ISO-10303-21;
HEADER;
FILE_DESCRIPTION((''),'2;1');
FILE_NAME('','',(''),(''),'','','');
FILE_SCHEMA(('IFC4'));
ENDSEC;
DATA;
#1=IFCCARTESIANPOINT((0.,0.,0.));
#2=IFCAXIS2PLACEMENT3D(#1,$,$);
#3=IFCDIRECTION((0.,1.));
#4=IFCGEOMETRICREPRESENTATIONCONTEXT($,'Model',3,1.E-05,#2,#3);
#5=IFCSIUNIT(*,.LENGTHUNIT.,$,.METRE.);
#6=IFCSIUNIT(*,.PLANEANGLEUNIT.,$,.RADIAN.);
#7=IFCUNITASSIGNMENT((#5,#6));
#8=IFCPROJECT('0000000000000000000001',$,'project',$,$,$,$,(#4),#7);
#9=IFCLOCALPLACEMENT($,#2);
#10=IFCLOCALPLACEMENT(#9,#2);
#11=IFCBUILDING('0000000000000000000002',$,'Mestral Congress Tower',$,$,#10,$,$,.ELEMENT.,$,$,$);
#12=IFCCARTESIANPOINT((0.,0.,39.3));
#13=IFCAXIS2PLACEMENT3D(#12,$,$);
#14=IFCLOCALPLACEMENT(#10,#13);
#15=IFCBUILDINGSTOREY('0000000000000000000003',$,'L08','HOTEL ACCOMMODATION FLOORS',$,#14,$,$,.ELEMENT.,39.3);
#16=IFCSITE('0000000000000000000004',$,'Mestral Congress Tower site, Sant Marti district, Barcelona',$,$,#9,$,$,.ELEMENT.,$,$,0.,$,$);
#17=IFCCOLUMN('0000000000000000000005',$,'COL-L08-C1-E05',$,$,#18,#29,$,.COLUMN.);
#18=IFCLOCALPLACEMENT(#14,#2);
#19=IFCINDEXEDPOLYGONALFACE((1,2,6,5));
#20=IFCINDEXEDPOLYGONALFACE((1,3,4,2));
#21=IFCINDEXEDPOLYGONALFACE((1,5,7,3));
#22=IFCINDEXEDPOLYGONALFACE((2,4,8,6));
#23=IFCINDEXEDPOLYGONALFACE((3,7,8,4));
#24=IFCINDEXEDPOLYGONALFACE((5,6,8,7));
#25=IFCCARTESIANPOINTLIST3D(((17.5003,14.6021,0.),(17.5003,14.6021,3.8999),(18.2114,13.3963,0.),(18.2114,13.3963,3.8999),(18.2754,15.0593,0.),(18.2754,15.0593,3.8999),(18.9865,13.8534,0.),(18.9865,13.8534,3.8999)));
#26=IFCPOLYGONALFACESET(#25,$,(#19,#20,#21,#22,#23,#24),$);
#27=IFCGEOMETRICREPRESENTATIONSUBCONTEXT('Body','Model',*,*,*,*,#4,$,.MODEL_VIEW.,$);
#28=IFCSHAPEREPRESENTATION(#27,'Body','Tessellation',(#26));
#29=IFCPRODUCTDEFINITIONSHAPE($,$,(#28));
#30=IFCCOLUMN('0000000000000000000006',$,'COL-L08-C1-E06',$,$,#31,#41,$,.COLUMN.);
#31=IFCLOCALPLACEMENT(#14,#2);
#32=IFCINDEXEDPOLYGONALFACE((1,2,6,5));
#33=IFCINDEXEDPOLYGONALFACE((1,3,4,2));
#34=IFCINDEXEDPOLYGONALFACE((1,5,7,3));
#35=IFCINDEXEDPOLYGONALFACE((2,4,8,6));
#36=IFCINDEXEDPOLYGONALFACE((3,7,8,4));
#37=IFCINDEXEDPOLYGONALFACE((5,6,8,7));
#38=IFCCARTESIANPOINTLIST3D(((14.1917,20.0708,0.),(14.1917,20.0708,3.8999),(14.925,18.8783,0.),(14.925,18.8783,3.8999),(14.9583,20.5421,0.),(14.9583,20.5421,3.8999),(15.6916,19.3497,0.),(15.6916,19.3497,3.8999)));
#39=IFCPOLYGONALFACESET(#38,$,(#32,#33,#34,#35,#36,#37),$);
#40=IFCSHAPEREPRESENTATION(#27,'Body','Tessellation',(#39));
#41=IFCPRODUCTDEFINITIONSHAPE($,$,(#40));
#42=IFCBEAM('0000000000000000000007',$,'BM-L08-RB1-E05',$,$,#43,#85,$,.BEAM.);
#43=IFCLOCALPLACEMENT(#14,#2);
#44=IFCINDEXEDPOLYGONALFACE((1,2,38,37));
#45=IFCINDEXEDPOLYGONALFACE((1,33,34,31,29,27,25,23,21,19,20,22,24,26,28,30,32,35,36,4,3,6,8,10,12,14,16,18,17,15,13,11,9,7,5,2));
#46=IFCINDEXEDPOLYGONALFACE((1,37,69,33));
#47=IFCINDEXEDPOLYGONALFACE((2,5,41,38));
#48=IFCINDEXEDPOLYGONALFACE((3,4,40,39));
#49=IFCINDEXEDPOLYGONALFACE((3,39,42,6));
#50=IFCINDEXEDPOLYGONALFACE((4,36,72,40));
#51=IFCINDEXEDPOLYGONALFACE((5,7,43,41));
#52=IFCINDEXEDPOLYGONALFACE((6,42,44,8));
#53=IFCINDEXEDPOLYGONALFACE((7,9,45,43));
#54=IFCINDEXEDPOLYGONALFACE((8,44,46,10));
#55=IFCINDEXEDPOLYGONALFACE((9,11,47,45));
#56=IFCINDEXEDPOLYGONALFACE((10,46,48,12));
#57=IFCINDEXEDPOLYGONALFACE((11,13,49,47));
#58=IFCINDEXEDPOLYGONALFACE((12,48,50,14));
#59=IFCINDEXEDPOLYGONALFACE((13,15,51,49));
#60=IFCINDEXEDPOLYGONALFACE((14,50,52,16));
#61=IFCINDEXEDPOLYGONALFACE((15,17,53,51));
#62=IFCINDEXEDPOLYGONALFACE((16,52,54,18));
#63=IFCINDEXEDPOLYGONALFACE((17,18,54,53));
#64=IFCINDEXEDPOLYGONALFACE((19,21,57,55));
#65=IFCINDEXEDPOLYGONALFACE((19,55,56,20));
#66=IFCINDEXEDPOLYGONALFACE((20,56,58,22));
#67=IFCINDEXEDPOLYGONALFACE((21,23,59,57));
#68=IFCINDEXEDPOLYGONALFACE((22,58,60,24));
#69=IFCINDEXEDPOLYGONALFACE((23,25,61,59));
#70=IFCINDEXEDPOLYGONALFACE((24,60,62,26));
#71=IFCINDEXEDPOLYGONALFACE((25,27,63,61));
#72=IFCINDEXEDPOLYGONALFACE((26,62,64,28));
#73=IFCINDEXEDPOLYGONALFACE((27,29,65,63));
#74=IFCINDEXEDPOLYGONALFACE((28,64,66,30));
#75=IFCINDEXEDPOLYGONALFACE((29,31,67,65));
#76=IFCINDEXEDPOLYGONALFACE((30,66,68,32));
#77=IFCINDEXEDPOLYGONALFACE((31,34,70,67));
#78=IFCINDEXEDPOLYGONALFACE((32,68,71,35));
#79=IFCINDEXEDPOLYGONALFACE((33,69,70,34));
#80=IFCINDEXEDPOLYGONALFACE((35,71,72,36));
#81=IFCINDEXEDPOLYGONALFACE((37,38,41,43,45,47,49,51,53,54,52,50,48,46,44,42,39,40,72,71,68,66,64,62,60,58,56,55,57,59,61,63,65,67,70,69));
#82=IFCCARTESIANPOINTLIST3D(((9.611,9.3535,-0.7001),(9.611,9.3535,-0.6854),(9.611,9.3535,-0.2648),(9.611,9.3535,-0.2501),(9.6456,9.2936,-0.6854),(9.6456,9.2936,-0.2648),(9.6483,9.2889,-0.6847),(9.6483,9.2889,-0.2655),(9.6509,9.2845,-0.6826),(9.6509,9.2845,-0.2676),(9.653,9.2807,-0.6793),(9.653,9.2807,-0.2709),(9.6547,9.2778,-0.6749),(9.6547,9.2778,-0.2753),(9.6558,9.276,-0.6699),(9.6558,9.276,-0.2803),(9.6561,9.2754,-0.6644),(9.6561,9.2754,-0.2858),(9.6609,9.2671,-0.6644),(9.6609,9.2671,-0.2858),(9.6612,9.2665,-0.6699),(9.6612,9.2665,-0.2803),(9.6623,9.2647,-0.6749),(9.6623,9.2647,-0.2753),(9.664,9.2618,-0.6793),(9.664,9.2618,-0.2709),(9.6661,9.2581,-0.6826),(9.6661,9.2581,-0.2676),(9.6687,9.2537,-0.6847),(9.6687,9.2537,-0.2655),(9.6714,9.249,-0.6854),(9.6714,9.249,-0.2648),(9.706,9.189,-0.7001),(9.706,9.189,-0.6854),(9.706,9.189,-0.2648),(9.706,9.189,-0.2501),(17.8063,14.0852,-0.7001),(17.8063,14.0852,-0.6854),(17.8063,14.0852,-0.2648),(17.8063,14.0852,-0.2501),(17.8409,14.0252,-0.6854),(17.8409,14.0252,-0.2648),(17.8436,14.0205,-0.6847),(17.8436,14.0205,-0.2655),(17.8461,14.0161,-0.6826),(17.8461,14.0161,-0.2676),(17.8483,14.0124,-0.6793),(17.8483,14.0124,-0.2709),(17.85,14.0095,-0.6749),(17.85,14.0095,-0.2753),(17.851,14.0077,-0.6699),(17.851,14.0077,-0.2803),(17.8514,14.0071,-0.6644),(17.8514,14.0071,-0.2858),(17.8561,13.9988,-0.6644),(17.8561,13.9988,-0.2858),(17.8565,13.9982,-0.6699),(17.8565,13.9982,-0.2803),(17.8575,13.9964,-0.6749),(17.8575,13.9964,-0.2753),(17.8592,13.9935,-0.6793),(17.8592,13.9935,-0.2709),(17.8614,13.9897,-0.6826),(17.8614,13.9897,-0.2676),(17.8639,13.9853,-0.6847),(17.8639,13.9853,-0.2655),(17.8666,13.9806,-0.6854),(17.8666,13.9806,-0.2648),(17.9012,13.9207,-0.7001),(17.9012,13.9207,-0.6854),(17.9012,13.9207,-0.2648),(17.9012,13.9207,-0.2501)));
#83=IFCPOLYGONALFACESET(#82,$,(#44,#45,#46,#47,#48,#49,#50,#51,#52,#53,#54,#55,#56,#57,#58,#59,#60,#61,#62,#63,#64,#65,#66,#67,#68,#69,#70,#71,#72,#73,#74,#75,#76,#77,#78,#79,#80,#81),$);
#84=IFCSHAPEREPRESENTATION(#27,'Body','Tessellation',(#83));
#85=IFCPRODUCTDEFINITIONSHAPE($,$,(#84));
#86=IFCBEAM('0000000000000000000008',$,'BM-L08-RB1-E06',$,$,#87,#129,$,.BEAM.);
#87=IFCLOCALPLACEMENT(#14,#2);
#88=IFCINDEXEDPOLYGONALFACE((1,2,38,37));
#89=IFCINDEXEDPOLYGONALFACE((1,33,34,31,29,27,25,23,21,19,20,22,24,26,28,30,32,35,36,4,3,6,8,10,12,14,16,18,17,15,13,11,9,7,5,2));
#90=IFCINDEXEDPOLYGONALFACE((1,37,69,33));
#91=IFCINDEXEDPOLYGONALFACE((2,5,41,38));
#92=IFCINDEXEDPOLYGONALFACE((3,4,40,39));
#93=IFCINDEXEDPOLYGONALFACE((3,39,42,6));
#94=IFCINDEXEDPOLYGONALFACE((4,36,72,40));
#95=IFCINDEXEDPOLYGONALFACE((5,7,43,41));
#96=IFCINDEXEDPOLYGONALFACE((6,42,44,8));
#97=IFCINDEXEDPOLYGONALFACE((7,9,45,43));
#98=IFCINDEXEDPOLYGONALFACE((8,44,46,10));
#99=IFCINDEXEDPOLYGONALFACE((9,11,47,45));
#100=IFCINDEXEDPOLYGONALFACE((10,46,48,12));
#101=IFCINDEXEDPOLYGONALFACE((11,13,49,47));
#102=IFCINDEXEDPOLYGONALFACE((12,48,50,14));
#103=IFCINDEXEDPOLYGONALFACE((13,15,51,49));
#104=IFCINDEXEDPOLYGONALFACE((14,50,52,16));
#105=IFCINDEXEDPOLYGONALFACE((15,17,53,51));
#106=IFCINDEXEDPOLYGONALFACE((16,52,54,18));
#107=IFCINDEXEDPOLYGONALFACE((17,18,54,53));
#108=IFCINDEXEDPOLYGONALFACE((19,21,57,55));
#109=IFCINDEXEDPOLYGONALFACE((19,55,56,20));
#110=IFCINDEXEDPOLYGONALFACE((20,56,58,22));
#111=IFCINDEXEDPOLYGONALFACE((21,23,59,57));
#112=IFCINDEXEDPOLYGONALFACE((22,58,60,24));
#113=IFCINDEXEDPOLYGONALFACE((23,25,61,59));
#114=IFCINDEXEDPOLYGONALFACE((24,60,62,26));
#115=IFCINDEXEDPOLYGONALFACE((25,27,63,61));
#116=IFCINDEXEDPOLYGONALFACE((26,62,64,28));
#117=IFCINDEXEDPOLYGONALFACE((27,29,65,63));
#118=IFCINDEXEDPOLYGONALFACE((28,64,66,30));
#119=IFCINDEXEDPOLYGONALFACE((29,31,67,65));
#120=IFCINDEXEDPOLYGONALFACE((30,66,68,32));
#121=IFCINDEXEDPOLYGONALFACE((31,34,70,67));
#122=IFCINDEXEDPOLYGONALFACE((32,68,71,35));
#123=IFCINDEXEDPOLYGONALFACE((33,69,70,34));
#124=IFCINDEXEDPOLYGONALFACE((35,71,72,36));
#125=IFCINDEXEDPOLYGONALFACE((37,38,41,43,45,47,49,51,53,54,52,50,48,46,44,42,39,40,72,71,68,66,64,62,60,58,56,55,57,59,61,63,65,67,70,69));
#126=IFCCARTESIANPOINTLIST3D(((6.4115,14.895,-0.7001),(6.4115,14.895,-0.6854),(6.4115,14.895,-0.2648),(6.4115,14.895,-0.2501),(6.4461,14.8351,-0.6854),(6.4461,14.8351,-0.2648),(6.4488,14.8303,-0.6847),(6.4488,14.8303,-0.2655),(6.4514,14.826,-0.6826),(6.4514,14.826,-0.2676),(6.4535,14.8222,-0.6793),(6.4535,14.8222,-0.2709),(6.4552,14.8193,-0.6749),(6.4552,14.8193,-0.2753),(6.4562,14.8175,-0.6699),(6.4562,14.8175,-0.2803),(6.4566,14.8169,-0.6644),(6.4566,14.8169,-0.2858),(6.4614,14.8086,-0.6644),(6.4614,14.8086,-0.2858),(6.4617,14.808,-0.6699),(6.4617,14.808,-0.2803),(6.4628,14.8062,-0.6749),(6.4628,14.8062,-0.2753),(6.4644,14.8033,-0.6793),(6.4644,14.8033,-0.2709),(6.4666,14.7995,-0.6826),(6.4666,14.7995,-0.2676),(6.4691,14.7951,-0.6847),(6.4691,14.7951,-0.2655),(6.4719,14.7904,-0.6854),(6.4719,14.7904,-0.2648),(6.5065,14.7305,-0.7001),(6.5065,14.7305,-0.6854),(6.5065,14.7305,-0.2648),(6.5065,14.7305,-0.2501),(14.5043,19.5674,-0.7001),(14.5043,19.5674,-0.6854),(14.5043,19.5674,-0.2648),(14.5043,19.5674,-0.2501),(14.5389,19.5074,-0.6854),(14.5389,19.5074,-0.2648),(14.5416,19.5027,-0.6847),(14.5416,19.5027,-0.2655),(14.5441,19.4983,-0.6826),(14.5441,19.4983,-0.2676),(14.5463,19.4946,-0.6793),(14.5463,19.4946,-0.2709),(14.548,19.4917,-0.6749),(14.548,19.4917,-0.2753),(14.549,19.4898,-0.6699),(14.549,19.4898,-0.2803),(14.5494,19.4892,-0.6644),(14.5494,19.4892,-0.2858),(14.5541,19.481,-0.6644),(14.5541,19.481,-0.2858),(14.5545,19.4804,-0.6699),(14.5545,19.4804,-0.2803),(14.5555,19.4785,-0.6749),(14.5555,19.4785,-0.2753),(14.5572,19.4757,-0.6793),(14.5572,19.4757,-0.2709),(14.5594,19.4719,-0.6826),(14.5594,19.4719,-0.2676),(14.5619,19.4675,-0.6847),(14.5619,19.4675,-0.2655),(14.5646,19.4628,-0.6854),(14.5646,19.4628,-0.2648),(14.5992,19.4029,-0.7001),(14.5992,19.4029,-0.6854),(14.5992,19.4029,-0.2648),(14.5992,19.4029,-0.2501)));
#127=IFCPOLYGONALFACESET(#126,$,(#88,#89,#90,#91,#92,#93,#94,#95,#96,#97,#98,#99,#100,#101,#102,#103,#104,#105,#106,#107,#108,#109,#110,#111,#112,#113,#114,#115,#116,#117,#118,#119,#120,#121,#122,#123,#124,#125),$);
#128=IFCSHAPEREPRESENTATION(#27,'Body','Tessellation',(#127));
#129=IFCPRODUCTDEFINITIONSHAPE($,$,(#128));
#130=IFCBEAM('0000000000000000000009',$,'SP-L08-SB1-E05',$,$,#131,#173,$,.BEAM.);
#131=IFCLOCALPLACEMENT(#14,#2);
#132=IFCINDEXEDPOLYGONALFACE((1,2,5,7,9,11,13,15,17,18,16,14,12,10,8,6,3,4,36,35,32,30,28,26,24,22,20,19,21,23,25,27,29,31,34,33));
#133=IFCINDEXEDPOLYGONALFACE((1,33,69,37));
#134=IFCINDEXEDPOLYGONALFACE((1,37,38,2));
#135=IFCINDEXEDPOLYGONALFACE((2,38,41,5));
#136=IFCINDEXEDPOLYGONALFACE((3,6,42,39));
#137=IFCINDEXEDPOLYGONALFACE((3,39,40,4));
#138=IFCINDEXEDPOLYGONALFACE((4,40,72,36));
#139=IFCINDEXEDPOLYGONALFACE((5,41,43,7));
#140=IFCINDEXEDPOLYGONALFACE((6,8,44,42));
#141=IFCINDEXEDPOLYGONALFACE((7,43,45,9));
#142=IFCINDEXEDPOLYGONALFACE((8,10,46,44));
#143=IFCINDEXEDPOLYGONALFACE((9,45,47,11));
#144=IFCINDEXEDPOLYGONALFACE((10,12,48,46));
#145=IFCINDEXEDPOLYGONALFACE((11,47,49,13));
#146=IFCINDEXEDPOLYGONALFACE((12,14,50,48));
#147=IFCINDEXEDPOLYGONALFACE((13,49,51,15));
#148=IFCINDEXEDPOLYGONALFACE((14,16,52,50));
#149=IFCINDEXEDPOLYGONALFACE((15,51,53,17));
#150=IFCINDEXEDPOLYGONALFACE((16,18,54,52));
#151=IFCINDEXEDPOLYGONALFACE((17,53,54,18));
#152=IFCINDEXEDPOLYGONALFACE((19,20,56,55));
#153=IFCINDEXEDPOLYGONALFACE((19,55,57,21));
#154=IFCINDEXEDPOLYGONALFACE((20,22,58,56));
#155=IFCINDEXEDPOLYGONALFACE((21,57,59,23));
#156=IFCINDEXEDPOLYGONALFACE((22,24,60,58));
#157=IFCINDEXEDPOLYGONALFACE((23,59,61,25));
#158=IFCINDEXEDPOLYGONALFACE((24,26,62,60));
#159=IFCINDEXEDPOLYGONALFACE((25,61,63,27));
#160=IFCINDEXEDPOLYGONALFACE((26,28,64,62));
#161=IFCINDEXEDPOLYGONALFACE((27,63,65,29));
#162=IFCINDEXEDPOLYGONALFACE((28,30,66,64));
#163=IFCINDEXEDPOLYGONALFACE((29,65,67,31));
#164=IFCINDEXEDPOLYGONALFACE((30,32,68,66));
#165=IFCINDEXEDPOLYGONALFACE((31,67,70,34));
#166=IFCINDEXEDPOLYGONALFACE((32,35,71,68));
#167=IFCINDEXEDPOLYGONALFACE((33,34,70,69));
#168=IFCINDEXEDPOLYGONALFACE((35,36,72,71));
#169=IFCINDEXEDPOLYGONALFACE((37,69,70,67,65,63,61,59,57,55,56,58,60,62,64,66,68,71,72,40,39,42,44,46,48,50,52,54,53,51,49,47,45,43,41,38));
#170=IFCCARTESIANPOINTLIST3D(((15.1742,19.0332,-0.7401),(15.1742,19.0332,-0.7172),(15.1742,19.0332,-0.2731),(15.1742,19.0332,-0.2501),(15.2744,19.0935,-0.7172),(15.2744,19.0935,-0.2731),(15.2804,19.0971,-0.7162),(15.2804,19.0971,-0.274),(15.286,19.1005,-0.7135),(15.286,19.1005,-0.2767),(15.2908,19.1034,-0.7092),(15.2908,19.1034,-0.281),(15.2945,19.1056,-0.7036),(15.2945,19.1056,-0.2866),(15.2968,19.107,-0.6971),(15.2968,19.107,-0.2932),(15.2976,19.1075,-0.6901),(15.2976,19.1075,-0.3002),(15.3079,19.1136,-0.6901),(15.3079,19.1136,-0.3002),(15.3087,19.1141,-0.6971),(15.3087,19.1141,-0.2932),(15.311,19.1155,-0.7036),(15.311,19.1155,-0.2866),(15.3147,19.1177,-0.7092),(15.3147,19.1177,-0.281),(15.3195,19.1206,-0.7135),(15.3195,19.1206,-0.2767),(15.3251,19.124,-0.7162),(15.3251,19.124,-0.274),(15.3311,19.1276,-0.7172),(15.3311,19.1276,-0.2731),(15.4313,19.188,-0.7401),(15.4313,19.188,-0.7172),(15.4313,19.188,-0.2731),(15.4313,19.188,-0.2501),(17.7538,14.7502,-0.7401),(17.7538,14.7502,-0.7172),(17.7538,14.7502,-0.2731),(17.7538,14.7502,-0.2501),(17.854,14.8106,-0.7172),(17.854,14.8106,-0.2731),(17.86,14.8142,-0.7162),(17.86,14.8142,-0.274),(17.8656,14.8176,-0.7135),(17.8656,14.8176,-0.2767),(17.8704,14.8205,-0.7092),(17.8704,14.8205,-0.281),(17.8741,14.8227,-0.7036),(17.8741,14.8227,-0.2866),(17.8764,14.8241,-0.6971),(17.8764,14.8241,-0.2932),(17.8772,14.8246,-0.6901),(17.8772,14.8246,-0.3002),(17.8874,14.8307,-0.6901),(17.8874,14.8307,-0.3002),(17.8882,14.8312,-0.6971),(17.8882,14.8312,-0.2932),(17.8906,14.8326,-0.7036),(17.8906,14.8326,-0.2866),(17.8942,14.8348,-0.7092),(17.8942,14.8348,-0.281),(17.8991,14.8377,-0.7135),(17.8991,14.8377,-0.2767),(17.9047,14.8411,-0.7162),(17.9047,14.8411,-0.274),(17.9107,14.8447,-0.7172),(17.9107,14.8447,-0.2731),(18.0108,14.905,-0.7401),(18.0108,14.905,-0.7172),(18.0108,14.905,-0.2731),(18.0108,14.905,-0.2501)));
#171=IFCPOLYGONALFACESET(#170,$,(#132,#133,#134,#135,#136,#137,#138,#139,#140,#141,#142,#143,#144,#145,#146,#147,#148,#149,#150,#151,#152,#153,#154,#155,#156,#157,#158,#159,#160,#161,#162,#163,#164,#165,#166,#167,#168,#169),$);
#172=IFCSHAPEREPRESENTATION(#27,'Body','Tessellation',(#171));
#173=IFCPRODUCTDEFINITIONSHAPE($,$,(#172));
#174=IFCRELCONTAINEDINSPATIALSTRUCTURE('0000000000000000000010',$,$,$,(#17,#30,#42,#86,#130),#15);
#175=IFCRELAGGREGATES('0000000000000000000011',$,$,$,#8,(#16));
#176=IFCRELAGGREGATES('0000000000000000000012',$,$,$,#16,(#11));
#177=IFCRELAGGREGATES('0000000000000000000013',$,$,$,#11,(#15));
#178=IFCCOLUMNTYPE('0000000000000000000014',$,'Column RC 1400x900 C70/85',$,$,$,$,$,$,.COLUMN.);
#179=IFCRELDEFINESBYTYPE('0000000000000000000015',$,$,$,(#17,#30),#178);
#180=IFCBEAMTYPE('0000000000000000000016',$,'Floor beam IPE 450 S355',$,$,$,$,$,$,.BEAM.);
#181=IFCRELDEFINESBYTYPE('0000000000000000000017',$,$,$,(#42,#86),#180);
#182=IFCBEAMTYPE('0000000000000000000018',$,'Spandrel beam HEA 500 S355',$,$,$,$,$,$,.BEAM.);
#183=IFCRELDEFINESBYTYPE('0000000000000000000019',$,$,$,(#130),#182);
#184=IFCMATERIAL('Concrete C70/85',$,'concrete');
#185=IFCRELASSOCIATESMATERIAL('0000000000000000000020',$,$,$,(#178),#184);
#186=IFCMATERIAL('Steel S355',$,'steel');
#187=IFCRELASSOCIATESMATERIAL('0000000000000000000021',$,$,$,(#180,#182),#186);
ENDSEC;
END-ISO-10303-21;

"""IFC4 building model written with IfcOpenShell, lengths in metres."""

from ifc_helpers import new_model, si_unit, direction, frame, origin, origin_2d, place, context, subcontext, project, spatial, rectangle, i_section, extrude, material, material_profile, profile_set, type_object, element, save


model = new_model("IFC4")

# Units and contexts
model_context = context("Model", 3, precision=1e-05, world=origin(), true_north=direction((0.0, 1.0)))
body_context = subcontext(model_context, "Body", "Model", "MODEL_VIEW")
ifc_project = project(units=[si_unit("LENGTHUNIT", "METRE"), si_unit("PLANEANGLEUNIT", "RADIAN")], contexts=[model_context])

# Site, building, storey
site_placement = place(None, origin())
site = spatial("IfcSite", under=ifc_project, at=site_placement, Name="Mestral Congress Tower site, Sant Marti district, Barcelona", CompositionType="ELEMENT", RefElevation=0.0)
building_placement = place(site_placement, origin())
building = spatial("IfcBuilding", under=site, at=building_placement, Name="Mestral Congress Tower", CompositionType="ELEMENT")
storey_placement = place(building_placement, frame((0.0, 0.0, 39.3)))
storey = spatial("IfcBuildingStorey", under=building, at=storey_placement, Name="L08", Description="HOTEL ACCOMMODATION FLOORS", CompositionType="ELEMENT", Elevation=39.3)

# Columns
ifc_material_1 = material(Name="Concrete C70/85", Category="concrete")
ifc_material_profile_1 = material_profile(ifc_material_1, rectangle(XDim=1.3999, YDim=0.8999, at=origin_2d()), Name="RC 1400x900")
ifc_profile_set_1 = profile_set([ifc_material_profile_1], Name="Concrete C70/85")
column_type = type_object("IfcColumnType", Name="Column RC 1400x900 C70/85", PredefinedType="COLUMN", material=ifc_profile_set_1)
for number, where, z_axis, x_axis, name in (
    (1, (18.2434, 14.2278, 0.0), (0.0, 0.0, 1.0), (-0.507983, 0.861367, 0.0), "COL-L08-C1-E05"),
    (2, (14.9417, 19.7102, 0.0), (0.0, 0.0, 1.0), (-0.523819, 0.851829, 0.0), "COL-L08-C1-E06"),
):
    element("IfcColumn", number, at=place(storey_placement, frame(where, z_axis=z_axis, x_axis=x_axis)), inside=storey, type_object=column_type, Name=name, PredefinedType="COLUMN", context=body_context, shape_type="SweptSolid", body=[
        extrude(rectangle(XDim=1.3999, YDim=0.8999, at=origin_2d()), origin(), (0.0, 0.0, 1.0), 3.8999),
    ])

# Beams
ifc_material_2 = material(Name="Steel S355", Category="steel")
ifc_material_profile_2 = material_profile(ifc_material_2, i_section(OverallWidth=0.1899, OverallDepth=0.45, WebThickness=0.0095, FlangeThickness=0.0146, FilletRadius=0.021, at=origin_2d()), Name="IPE 450")
ifc_profile_set_2 = profile_set([ifc_material_profile_2], Name="Steel S355")
beam_type_1 = type_object("IfcBeamType", Name="Floor beam IPE 450 S355", PredefinedType="BEAM", material=ifc_profile_set_2)
beam_1_placement = place(storey_placement, frame((17.8538, 14.0029, -0.4751), z_axis=(-0.86602, -0.50001, 0.0), x_axis=(0.50001, -0.86602, 0.0)))
element("IfcBeam", 3, at=beam_1_placement, inside=storey, type_object=beam_type_1, Name="BM-L08-RB1-E05", PredefinedType="BEAM", context=body_context, shape_type="SweptSolid", body=[
    extrude(i_section(OverallWidth=0.1899, OverallDepth=0.45, WebThickness=0.0095, FlangeThickness=0.0146, FilletRadius=0.021, at=origin_2d()), origin(), (0.0, 0.0, 1.0), 9.4631),
])
beam_2_placement = place(storey_placement, frame((14.5518, 19.4851, -0.4751), z_axis=(-0.866025, -0.5, 0.0), x_axis=(0.5, -0.866025, 0.0)))
element("IfcBeam", 4, at=beam_2_placement, inside=storey, type_object=beam_type_1, Name="BM-L08-RB1-E06", PredefinedType="BEAM", context=body_context, shape_type="SweptSolid", body=[
    extrude(i_section(OverallWidth=0.1899, OverallDepth=0.45, WebThickness=0.0095, FlangeThickness=0.0146, FilletRadius=0.021, at=origin_2d()), origin(), (0.0, 0.0, 1.0), 9.3447),
])
ifc_material_profile_3 = material_profile(ifc_material_2, i_section(OverallWidth=0.3, OverallDepth=0.49, WebThickness=0.012, FlangeThickness=0.0229, FilletRadius=0.0271, at=origin_2d()), Name="HEA 500")
ifc_profile_set_3 = profile_set([ifc_material_profile_3], Name="Steel S355")
beam_type_2 = type_object("IfcBeamType", Name="Spandrel beam HEA 500 S355", PredefinedType="BEAM", material=ifc_profile_set_3)
for number, where, z_axis, x_axis, name in (
    (5, (17.8823, 14.8276, -0.4951), (-0.515938, 0.856626, 0.0), (-0.856626, -0.515938, 0.0), "SP-L08-SB1-E05"),
):
    element("IfcBeam", number, at=place(storey_placement, frame(where, z_axis=z_axis, x_axis=x_axis)), inside=storey, type_object=beam_type_2, Name=name, PredefinedType="BEAM", context=body_context, shape_type="SweptSolid", body=[
        extrude(i_section(OverallWidth=0.3, OverallDepth=0.49, WebThickness=0.012, FlangeThickness=0.0229, FilletRadius=0.0271, at=origin_2d()), origin(), (0.0, 0.0, 1.0), 4.9998),
    ])

save(model, "model.ifc")
